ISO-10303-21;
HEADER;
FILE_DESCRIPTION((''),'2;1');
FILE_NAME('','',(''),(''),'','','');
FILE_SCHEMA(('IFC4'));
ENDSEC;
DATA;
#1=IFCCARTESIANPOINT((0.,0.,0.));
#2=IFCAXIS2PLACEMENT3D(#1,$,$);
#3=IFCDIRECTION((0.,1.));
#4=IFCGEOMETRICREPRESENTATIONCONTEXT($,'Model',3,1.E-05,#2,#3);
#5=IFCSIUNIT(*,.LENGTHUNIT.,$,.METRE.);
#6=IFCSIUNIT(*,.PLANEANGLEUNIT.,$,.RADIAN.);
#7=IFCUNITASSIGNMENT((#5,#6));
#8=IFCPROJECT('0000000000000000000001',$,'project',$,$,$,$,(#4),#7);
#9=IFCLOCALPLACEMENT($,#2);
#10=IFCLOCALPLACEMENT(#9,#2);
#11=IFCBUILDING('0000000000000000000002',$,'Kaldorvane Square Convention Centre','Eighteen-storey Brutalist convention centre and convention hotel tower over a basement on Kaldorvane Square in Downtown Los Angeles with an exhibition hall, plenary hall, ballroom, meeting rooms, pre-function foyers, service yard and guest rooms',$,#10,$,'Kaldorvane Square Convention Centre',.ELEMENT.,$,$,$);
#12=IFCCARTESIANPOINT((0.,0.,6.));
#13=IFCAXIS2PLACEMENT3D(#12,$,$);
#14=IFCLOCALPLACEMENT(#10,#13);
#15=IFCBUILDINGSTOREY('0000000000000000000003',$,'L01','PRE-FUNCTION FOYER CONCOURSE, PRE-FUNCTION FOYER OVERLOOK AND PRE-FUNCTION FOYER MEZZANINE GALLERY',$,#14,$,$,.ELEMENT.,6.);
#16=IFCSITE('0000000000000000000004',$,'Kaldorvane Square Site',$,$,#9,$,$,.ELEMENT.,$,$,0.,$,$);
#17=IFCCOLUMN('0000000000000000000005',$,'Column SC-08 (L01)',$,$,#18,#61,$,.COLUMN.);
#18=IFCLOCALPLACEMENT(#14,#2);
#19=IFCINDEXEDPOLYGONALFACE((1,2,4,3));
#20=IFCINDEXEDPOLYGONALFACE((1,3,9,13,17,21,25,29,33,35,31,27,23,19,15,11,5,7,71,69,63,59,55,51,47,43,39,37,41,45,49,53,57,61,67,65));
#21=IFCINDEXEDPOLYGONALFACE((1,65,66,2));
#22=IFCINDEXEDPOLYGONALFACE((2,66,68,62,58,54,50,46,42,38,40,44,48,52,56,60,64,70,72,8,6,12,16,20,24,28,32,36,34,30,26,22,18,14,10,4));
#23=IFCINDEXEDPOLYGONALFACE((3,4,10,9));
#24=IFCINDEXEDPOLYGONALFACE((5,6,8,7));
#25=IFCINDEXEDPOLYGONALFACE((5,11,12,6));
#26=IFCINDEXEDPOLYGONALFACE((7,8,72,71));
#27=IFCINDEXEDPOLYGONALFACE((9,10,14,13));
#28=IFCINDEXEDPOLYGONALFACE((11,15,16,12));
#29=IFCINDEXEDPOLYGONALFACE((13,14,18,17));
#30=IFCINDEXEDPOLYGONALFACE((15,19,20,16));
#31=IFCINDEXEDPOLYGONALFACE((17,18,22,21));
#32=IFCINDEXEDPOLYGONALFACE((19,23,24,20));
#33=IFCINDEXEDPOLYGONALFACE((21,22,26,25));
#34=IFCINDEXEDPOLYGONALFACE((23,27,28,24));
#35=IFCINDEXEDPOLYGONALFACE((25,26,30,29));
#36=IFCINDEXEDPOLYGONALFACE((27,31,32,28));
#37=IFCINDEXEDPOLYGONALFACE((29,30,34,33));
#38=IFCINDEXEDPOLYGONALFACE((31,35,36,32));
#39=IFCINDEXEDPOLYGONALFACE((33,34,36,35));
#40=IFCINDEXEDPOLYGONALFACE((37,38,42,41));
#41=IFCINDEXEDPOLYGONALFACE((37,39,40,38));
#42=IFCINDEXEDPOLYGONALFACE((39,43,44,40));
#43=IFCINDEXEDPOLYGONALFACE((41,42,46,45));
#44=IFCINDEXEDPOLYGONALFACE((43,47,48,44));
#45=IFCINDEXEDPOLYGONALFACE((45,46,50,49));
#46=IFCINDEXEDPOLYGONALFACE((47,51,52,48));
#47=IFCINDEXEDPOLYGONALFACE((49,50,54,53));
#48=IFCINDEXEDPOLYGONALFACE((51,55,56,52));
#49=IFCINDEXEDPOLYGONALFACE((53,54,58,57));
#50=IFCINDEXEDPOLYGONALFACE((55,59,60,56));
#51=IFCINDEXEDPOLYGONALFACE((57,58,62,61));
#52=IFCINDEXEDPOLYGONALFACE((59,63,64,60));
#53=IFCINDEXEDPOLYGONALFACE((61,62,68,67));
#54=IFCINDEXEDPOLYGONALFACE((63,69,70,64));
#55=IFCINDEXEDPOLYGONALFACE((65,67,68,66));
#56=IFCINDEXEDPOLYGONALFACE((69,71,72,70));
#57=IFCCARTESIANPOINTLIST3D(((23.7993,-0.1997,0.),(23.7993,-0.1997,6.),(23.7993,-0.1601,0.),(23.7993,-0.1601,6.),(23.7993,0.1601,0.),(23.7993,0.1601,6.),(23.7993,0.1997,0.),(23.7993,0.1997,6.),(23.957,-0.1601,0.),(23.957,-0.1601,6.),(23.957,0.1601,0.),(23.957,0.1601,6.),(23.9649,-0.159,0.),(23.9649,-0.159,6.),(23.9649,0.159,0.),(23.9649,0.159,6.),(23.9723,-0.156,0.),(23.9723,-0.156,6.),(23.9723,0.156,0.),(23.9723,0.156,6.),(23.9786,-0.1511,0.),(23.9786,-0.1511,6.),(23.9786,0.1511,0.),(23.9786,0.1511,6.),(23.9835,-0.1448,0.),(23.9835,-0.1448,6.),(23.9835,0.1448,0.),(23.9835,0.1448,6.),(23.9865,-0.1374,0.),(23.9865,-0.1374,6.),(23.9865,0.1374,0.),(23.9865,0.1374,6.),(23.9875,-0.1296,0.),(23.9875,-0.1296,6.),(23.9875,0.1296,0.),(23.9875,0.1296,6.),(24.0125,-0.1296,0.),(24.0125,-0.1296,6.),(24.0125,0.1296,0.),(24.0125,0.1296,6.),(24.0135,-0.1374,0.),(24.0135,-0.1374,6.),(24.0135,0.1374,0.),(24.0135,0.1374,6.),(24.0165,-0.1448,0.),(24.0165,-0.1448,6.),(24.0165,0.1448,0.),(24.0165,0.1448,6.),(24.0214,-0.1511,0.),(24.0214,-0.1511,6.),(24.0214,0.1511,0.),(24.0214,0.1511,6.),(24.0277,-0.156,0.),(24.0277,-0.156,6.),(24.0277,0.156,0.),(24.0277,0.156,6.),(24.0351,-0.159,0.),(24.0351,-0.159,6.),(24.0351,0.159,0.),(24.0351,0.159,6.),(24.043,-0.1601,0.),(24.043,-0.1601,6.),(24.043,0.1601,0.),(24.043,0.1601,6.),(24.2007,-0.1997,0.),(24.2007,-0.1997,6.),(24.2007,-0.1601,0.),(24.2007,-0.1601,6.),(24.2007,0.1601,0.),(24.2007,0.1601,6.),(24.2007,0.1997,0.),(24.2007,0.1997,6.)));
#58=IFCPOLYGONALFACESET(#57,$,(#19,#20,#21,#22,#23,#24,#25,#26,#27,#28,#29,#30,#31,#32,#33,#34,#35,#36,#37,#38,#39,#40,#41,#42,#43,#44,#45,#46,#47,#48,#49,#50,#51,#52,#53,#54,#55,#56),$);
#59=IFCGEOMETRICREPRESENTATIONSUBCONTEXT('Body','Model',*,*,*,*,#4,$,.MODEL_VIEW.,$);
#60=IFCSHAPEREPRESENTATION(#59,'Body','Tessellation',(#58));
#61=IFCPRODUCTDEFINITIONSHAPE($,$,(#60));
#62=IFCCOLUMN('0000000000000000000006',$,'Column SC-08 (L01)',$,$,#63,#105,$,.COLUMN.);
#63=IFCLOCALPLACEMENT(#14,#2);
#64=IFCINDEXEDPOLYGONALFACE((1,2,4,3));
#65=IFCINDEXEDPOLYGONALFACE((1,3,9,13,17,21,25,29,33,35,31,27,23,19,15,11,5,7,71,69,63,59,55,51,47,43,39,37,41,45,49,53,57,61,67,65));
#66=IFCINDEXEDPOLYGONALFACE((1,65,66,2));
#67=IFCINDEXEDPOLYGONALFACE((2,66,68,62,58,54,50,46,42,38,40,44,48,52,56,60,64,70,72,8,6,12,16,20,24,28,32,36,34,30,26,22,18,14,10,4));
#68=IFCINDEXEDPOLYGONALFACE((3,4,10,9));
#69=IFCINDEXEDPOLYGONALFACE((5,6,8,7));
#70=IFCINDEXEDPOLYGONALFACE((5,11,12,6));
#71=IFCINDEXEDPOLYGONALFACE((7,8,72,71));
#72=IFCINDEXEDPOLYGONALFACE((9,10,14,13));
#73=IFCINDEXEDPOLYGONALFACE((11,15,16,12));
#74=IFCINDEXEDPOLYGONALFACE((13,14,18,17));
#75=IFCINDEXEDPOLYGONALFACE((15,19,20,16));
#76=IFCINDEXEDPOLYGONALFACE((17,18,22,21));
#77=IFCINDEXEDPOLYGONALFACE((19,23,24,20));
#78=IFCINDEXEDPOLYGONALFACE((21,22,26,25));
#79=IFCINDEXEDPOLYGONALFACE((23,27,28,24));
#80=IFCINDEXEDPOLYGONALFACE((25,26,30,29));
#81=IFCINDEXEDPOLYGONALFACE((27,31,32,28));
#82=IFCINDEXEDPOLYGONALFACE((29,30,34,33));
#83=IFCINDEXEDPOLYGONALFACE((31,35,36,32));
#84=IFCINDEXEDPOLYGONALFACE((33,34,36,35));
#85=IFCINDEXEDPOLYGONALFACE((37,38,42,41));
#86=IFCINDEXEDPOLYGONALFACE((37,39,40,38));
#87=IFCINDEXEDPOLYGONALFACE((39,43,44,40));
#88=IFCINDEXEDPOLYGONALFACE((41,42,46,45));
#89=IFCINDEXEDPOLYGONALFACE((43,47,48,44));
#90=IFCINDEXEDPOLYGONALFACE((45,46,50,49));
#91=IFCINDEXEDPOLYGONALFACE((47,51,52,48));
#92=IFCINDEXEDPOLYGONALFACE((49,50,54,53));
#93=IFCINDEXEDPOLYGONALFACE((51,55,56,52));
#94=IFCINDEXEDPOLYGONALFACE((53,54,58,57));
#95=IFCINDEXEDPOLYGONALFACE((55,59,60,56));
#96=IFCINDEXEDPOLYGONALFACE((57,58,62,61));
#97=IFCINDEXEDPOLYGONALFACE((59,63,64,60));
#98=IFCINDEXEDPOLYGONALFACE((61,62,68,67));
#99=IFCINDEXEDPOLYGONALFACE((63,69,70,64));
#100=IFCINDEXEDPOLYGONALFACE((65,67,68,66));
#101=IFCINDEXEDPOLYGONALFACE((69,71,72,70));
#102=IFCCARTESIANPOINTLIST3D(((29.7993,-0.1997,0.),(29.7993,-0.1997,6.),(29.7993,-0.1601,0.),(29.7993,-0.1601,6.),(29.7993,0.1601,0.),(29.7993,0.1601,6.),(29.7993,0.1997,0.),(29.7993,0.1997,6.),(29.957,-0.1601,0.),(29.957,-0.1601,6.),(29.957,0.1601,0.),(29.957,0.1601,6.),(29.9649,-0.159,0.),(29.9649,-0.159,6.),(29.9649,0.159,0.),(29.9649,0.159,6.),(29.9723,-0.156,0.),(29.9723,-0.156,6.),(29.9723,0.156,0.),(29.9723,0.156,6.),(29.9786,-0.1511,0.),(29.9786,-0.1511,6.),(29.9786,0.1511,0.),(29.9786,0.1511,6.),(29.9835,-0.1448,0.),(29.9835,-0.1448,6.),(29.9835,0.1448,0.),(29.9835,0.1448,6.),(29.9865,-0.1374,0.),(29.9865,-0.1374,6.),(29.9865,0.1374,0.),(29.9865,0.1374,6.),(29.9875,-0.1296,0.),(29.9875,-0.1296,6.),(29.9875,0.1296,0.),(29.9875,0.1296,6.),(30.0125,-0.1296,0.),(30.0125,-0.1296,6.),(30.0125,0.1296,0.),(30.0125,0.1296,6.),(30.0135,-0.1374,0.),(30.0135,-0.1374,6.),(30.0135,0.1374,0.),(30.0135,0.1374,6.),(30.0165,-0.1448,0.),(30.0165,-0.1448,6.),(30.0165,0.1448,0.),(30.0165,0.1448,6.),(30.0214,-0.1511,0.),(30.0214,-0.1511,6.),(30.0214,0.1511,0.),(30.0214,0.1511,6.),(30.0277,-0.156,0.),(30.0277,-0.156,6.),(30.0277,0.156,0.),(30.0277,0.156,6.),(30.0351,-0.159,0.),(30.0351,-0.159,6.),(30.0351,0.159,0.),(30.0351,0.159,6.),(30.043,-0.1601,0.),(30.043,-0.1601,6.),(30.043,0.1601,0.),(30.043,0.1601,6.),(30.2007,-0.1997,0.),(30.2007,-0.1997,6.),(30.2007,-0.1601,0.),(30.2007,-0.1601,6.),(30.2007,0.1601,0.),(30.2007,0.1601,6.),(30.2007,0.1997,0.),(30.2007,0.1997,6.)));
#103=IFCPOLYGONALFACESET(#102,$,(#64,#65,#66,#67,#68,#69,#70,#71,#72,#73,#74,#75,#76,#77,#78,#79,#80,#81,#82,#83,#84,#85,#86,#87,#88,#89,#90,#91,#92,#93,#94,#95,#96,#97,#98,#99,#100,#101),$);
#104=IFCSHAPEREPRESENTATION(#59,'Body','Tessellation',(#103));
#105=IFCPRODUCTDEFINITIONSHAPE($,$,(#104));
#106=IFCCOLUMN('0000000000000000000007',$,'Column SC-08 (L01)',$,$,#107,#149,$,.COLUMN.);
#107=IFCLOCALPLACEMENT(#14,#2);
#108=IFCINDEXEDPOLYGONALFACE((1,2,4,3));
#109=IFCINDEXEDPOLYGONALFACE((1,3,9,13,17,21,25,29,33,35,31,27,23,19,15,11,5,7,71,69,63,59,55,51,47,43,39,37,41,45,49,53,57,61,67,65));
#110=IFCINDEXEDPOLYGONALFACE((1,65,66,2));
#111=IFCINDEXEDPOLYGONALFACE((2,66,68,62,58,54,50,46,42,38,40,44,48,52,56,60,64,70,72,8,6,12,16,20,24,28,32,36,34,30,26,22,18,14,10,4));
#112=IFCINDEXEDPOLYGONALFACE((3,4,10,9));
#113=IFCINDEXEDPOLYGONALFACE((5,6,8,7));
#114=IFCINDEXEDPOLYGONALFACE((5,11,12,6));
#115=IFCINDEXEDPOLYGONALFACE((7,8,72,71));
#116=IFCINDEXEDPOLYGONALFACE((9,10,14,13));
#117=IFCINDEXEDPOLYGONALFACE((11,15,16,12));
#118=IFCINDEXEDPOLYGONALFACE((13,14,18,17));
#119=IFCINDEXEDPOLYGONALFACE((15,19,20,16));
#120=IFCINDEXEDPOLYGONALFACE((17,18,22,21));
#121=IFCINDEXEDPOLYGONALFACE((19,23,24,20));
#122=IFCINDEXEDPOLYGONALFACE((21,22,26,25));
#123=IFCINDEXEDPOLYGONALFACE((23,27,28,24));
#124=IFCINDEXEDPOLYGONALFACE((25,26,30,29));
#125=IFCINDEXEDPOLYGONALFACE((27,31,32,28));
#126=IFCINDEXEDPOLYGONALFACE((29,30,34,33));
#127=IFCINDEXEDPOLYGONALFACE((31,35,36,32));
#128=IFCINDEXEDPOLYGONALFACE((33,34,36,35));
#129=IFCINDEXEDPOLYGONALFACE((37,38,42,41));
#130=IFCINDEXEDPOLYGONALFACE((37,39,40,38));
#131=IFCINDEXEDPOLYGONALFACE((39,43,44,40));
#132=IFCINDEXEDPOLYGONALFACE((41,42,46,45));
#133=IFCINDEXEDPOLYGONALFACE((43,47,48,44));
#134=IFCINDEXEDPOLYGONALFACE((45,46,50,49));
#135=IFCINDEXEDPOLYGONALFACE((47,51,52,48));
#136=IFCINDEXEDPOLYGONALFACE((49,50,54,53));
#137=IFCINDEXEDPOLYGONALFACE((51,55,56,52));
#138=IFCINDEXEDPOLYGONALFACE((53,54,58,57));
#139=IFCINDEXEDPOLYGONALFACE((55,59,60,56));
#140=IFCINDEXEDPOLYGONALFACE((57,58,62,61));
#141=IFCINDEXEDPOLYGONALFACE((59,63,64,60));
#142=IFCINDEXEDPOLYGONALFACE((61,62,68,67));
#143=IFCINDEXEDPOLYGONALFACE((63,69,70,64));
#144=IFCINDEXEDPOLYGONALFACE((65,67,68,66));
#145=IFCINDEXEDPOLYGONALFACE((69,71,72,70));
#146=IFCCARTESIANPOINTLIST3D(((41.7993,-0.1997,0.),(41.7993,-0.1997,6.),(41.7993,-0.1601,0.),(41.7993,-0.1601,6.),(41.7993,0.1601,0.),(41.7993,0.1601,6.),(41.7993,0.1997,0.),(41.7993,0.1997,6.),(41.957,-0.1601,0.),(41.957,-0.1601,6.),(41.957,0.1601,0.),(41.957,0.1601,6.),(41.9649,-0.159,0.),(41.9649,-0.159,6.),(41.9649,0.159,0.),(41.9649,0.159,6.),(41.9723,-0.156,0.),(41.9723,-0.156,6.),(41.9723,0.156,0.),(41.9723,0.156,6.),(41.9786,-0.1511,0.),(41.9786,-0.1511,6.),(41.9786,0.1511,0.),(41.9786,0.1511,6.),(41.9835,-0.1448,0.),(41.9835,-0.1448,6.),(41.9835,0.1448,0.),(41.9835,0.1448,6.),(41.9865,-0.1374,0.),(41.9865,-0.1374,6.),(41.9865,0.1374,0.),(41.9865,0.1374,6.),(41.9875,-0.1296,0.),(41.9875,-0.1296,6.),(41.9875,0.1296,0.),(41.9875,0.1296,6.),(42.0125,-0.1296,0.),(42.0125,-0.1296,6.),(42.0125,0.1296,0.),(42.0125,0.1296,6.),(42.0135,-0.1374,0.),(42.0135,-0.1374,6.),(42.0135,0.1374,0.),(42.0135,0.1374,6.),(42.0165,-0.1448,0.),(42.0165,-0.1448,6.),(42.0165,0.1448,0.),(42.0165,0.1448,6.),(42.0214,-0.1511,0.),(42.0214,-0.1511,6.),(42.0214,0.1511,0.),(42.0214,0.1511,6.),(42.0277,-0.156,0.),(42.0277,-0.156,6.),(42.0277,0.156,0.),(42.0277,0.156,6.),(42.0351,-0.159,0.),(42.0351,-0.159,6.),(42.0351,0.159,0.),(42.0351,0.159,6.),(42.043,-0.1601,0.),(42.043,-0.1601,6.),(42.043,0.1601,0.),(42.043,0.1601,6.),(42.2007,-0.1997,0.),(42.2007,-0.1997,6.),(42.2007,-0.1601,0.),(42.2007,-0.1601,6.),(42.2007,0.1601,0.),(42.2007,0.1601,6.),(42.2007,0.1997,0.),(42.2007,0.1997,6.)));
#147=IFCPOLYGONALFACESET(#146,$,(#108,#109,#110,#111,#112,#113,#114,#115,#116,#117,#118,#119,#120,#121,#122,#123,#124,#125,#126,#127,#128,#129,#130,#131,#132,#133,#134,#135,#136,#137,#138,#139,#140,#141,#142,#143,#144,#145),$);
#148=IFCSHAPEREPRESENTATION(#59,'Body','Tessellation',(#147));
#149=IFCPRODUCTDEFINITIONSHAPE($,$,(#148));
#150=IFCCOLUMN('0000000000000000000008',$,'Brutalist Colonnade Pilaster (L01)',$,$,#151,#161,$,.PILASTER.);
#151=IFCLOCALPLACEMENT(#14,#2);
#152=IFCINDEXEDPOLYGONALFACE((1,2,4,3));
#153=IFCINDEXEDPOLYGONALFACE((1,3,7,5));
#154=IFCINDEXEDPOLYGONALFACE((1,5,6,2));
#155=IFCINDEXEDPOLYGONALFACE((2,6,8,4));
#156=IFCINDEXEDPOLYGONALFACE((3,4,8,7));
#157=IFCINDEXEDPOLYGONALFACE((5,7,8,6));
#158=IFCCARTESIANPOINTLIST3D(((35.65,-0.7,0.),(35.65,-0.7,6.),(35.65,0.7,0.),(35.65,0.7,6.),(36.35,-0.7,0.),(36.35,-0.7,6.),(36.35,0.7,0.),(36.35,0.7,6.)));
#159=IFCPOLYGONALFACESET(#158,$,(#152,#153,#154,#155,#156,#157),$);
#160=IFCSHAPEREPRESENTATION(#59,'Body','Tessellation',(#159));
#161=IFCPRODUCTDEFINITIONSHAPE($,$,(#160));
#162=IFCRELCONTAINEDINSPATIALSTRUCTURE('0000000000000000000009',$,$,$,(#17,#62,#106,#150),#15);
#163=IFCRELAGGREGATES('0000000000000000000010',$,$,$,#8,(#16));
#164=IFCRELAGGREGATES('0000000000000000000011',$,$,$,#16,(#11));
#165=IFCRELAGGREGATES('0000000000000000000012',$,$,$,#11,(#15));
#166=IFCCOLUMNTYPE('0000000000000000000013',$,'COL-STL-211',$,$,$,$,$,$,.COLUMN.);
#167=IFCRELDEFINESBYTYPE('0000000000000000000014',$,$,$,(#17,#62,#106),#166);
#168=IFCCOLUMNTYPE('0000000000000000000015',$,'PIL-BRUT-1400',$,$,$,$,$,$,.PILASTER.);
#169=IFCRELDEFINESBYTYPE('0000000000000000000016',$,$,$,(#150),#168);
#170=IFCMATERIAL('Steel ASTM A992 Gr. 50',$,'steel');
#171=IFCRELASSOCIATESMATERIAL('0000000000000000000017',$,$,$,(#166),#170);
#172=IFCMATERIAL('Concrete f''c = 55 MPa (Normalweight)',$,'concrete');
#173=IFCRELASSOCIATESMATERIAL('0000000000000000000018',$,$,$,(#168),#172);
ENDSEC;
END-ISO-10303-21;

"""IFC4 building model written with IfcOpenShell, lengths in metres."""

from ifc_helpers import new_model, si_unit, direction, frame, origin, origin_2d, place, context, subcontext, project, spatial, rectangle, i_section, extrude, material, material_profile, profile_set, type_object, element, save


model = new_model("IFC4")

# Units and contexts
model_context = context("Model", 3, precision=1e-05, world=origin(), true_north=direction((0.0, 1.0)))
body_context = subcontext(model_context, "Body", "Model", "MODEL_VIEW")
ifc_project = project(units=[si_unit("LENGTHUNIT", "METRE"), si_unit("PLANEANGLEUNIT", "RADIAN")], contexts=[model_context])

# Site, building, storey
site_placement = place(None, origin())
site = spatial("IfcSite", under=ifc_project, at=site_placement, Name="Kaldorvane Square Site", CompositionType="ELEMENT", RefElevation=0.0)
building_placement = place(site_placement, origin())
building = spatial("IfcBuilding", under=site, at=building_placement, Name="Kaldorvane Square Convention Centre", Description="Eighteen-storey Brutalist convention centre and convention hotel tower over a basement on Kaldorvane Square in Downtown Los Angeles with an exhibition hall, plenary hall, ballroom, meeting rooms, pre-function foyers, service yard and guest rooms", LongName="Kaldorvane Square Convention Centre", CompositionType="ELEMENT")
storey_placement = place(building_placement, frame((0.0, 0.0, 6.0)))
storey = spatial("IfcBuildingStorey", under=building, at=storey_placement, Name="L01", Description="PRE-FUNCTION FOYER CONCOURSE, PRE-FUNCTION FOYER OVERLOOK AND PRE-FUNCTION FOYER MEZZANINE GALLERY", CompositionType="ELEMENT", Elevation=6.0)

# Columns
ifc_material_1 = material(Name="Steel ASTM A992 Gr. 50", Category="steel")
ifc_material_profile_1 = material_profile(ifc_material_1, i_section(OverallWidth=0.4013, OverallDepth=0.3993, WebThickness=0.0249, FlangeThickness=0.0396, FilletRadius=0.0305, at=origin_2d()), Name="W14X211")
ifc_profile_set_1 = profile_set([ifc_material_profile_1], Name="Steel ASTM A992 Gr. 50")
column_type_1 = type_object("IfcColumnType", Name="COL-STL-211", PredefinedType="COLUMN", material=ifc_profile_set_1)
for number, where, z_axis, x_axis, name in (
    (1, (24.0, 0.0, 0.0), (0.0, 0.0, 1.0), (1.0, 0.0, 0.0), "Column SC-08 (L01)"),
    (2, (30.0, 0.0, 0.0), (0.0, 0.0, 1.0), (1.0, 0.0, 0.0), "Column SC-08 (L01)"),
    (3, (42.0, 0.0, 0.0), (0.0, 0.0, 1.0), (1.0, 0.0, 0.0), "Column SC-08 (L01)"),
):
    element("IfcColumn", number, at=place(storey_placement, frame(where, z_axis=z_axis, x_axis=x_axis)), inside=storey, type_object=column_type_1, Name=name, PredefinedType="COLUMN", context=body_context, shape_type="SweptSolid", body=[
        extrude(i_section(OverallWidth=0.4013, OverallDepth=0.3993, WebThickness=0.0249, FlangeThickness=0.0396, FilletRadius=0.0305, at=origin_2d()), origin(), (0.0, 0.0, 1.0), 6.0),
    ])
ifc_material_2 = material(Name="Concrete f'c = 55 MPa (Normalweight)", Category="concrete")
ifc_material_profile_2 = material_profile(ifc_material_2, rectangle(XDim=0.7, YDim=1.4, at=origin_2d()), Name="PIL1400X700")
ifc_profile_set_2 = profile_set([ifc_material_profile_2], Name="Concrete f'c = 55 MPa (Normalweight)")
column_type_2 = type_object("IfcColumnType", Name="PIL-BRUT-1400", PredefinedType="PILASTER", material=ifc_profile_set_2)
column_placement = place(storey_placement, frame((36.0, 0.0, 0.0), z_axis=(0.0, 0.0, 1.0), x_axis=(1.0, 0.0, 0.0)))
element("IfcColumn", 4, at=column_placement, inside=storey, type_object=column_type_2, Name="Brutalist Colonnade Pilaster (L01)", PredefinedType="PILASTER", context=body_context, shape_type="SweptSolid", body=[
    extrude(rectangle(XDim=0.7, YDim=1.4, at=origin_2d()), origin(), (0.0, 0.0, 1.0), 6.0),
])

save(model, "model.ifc")
